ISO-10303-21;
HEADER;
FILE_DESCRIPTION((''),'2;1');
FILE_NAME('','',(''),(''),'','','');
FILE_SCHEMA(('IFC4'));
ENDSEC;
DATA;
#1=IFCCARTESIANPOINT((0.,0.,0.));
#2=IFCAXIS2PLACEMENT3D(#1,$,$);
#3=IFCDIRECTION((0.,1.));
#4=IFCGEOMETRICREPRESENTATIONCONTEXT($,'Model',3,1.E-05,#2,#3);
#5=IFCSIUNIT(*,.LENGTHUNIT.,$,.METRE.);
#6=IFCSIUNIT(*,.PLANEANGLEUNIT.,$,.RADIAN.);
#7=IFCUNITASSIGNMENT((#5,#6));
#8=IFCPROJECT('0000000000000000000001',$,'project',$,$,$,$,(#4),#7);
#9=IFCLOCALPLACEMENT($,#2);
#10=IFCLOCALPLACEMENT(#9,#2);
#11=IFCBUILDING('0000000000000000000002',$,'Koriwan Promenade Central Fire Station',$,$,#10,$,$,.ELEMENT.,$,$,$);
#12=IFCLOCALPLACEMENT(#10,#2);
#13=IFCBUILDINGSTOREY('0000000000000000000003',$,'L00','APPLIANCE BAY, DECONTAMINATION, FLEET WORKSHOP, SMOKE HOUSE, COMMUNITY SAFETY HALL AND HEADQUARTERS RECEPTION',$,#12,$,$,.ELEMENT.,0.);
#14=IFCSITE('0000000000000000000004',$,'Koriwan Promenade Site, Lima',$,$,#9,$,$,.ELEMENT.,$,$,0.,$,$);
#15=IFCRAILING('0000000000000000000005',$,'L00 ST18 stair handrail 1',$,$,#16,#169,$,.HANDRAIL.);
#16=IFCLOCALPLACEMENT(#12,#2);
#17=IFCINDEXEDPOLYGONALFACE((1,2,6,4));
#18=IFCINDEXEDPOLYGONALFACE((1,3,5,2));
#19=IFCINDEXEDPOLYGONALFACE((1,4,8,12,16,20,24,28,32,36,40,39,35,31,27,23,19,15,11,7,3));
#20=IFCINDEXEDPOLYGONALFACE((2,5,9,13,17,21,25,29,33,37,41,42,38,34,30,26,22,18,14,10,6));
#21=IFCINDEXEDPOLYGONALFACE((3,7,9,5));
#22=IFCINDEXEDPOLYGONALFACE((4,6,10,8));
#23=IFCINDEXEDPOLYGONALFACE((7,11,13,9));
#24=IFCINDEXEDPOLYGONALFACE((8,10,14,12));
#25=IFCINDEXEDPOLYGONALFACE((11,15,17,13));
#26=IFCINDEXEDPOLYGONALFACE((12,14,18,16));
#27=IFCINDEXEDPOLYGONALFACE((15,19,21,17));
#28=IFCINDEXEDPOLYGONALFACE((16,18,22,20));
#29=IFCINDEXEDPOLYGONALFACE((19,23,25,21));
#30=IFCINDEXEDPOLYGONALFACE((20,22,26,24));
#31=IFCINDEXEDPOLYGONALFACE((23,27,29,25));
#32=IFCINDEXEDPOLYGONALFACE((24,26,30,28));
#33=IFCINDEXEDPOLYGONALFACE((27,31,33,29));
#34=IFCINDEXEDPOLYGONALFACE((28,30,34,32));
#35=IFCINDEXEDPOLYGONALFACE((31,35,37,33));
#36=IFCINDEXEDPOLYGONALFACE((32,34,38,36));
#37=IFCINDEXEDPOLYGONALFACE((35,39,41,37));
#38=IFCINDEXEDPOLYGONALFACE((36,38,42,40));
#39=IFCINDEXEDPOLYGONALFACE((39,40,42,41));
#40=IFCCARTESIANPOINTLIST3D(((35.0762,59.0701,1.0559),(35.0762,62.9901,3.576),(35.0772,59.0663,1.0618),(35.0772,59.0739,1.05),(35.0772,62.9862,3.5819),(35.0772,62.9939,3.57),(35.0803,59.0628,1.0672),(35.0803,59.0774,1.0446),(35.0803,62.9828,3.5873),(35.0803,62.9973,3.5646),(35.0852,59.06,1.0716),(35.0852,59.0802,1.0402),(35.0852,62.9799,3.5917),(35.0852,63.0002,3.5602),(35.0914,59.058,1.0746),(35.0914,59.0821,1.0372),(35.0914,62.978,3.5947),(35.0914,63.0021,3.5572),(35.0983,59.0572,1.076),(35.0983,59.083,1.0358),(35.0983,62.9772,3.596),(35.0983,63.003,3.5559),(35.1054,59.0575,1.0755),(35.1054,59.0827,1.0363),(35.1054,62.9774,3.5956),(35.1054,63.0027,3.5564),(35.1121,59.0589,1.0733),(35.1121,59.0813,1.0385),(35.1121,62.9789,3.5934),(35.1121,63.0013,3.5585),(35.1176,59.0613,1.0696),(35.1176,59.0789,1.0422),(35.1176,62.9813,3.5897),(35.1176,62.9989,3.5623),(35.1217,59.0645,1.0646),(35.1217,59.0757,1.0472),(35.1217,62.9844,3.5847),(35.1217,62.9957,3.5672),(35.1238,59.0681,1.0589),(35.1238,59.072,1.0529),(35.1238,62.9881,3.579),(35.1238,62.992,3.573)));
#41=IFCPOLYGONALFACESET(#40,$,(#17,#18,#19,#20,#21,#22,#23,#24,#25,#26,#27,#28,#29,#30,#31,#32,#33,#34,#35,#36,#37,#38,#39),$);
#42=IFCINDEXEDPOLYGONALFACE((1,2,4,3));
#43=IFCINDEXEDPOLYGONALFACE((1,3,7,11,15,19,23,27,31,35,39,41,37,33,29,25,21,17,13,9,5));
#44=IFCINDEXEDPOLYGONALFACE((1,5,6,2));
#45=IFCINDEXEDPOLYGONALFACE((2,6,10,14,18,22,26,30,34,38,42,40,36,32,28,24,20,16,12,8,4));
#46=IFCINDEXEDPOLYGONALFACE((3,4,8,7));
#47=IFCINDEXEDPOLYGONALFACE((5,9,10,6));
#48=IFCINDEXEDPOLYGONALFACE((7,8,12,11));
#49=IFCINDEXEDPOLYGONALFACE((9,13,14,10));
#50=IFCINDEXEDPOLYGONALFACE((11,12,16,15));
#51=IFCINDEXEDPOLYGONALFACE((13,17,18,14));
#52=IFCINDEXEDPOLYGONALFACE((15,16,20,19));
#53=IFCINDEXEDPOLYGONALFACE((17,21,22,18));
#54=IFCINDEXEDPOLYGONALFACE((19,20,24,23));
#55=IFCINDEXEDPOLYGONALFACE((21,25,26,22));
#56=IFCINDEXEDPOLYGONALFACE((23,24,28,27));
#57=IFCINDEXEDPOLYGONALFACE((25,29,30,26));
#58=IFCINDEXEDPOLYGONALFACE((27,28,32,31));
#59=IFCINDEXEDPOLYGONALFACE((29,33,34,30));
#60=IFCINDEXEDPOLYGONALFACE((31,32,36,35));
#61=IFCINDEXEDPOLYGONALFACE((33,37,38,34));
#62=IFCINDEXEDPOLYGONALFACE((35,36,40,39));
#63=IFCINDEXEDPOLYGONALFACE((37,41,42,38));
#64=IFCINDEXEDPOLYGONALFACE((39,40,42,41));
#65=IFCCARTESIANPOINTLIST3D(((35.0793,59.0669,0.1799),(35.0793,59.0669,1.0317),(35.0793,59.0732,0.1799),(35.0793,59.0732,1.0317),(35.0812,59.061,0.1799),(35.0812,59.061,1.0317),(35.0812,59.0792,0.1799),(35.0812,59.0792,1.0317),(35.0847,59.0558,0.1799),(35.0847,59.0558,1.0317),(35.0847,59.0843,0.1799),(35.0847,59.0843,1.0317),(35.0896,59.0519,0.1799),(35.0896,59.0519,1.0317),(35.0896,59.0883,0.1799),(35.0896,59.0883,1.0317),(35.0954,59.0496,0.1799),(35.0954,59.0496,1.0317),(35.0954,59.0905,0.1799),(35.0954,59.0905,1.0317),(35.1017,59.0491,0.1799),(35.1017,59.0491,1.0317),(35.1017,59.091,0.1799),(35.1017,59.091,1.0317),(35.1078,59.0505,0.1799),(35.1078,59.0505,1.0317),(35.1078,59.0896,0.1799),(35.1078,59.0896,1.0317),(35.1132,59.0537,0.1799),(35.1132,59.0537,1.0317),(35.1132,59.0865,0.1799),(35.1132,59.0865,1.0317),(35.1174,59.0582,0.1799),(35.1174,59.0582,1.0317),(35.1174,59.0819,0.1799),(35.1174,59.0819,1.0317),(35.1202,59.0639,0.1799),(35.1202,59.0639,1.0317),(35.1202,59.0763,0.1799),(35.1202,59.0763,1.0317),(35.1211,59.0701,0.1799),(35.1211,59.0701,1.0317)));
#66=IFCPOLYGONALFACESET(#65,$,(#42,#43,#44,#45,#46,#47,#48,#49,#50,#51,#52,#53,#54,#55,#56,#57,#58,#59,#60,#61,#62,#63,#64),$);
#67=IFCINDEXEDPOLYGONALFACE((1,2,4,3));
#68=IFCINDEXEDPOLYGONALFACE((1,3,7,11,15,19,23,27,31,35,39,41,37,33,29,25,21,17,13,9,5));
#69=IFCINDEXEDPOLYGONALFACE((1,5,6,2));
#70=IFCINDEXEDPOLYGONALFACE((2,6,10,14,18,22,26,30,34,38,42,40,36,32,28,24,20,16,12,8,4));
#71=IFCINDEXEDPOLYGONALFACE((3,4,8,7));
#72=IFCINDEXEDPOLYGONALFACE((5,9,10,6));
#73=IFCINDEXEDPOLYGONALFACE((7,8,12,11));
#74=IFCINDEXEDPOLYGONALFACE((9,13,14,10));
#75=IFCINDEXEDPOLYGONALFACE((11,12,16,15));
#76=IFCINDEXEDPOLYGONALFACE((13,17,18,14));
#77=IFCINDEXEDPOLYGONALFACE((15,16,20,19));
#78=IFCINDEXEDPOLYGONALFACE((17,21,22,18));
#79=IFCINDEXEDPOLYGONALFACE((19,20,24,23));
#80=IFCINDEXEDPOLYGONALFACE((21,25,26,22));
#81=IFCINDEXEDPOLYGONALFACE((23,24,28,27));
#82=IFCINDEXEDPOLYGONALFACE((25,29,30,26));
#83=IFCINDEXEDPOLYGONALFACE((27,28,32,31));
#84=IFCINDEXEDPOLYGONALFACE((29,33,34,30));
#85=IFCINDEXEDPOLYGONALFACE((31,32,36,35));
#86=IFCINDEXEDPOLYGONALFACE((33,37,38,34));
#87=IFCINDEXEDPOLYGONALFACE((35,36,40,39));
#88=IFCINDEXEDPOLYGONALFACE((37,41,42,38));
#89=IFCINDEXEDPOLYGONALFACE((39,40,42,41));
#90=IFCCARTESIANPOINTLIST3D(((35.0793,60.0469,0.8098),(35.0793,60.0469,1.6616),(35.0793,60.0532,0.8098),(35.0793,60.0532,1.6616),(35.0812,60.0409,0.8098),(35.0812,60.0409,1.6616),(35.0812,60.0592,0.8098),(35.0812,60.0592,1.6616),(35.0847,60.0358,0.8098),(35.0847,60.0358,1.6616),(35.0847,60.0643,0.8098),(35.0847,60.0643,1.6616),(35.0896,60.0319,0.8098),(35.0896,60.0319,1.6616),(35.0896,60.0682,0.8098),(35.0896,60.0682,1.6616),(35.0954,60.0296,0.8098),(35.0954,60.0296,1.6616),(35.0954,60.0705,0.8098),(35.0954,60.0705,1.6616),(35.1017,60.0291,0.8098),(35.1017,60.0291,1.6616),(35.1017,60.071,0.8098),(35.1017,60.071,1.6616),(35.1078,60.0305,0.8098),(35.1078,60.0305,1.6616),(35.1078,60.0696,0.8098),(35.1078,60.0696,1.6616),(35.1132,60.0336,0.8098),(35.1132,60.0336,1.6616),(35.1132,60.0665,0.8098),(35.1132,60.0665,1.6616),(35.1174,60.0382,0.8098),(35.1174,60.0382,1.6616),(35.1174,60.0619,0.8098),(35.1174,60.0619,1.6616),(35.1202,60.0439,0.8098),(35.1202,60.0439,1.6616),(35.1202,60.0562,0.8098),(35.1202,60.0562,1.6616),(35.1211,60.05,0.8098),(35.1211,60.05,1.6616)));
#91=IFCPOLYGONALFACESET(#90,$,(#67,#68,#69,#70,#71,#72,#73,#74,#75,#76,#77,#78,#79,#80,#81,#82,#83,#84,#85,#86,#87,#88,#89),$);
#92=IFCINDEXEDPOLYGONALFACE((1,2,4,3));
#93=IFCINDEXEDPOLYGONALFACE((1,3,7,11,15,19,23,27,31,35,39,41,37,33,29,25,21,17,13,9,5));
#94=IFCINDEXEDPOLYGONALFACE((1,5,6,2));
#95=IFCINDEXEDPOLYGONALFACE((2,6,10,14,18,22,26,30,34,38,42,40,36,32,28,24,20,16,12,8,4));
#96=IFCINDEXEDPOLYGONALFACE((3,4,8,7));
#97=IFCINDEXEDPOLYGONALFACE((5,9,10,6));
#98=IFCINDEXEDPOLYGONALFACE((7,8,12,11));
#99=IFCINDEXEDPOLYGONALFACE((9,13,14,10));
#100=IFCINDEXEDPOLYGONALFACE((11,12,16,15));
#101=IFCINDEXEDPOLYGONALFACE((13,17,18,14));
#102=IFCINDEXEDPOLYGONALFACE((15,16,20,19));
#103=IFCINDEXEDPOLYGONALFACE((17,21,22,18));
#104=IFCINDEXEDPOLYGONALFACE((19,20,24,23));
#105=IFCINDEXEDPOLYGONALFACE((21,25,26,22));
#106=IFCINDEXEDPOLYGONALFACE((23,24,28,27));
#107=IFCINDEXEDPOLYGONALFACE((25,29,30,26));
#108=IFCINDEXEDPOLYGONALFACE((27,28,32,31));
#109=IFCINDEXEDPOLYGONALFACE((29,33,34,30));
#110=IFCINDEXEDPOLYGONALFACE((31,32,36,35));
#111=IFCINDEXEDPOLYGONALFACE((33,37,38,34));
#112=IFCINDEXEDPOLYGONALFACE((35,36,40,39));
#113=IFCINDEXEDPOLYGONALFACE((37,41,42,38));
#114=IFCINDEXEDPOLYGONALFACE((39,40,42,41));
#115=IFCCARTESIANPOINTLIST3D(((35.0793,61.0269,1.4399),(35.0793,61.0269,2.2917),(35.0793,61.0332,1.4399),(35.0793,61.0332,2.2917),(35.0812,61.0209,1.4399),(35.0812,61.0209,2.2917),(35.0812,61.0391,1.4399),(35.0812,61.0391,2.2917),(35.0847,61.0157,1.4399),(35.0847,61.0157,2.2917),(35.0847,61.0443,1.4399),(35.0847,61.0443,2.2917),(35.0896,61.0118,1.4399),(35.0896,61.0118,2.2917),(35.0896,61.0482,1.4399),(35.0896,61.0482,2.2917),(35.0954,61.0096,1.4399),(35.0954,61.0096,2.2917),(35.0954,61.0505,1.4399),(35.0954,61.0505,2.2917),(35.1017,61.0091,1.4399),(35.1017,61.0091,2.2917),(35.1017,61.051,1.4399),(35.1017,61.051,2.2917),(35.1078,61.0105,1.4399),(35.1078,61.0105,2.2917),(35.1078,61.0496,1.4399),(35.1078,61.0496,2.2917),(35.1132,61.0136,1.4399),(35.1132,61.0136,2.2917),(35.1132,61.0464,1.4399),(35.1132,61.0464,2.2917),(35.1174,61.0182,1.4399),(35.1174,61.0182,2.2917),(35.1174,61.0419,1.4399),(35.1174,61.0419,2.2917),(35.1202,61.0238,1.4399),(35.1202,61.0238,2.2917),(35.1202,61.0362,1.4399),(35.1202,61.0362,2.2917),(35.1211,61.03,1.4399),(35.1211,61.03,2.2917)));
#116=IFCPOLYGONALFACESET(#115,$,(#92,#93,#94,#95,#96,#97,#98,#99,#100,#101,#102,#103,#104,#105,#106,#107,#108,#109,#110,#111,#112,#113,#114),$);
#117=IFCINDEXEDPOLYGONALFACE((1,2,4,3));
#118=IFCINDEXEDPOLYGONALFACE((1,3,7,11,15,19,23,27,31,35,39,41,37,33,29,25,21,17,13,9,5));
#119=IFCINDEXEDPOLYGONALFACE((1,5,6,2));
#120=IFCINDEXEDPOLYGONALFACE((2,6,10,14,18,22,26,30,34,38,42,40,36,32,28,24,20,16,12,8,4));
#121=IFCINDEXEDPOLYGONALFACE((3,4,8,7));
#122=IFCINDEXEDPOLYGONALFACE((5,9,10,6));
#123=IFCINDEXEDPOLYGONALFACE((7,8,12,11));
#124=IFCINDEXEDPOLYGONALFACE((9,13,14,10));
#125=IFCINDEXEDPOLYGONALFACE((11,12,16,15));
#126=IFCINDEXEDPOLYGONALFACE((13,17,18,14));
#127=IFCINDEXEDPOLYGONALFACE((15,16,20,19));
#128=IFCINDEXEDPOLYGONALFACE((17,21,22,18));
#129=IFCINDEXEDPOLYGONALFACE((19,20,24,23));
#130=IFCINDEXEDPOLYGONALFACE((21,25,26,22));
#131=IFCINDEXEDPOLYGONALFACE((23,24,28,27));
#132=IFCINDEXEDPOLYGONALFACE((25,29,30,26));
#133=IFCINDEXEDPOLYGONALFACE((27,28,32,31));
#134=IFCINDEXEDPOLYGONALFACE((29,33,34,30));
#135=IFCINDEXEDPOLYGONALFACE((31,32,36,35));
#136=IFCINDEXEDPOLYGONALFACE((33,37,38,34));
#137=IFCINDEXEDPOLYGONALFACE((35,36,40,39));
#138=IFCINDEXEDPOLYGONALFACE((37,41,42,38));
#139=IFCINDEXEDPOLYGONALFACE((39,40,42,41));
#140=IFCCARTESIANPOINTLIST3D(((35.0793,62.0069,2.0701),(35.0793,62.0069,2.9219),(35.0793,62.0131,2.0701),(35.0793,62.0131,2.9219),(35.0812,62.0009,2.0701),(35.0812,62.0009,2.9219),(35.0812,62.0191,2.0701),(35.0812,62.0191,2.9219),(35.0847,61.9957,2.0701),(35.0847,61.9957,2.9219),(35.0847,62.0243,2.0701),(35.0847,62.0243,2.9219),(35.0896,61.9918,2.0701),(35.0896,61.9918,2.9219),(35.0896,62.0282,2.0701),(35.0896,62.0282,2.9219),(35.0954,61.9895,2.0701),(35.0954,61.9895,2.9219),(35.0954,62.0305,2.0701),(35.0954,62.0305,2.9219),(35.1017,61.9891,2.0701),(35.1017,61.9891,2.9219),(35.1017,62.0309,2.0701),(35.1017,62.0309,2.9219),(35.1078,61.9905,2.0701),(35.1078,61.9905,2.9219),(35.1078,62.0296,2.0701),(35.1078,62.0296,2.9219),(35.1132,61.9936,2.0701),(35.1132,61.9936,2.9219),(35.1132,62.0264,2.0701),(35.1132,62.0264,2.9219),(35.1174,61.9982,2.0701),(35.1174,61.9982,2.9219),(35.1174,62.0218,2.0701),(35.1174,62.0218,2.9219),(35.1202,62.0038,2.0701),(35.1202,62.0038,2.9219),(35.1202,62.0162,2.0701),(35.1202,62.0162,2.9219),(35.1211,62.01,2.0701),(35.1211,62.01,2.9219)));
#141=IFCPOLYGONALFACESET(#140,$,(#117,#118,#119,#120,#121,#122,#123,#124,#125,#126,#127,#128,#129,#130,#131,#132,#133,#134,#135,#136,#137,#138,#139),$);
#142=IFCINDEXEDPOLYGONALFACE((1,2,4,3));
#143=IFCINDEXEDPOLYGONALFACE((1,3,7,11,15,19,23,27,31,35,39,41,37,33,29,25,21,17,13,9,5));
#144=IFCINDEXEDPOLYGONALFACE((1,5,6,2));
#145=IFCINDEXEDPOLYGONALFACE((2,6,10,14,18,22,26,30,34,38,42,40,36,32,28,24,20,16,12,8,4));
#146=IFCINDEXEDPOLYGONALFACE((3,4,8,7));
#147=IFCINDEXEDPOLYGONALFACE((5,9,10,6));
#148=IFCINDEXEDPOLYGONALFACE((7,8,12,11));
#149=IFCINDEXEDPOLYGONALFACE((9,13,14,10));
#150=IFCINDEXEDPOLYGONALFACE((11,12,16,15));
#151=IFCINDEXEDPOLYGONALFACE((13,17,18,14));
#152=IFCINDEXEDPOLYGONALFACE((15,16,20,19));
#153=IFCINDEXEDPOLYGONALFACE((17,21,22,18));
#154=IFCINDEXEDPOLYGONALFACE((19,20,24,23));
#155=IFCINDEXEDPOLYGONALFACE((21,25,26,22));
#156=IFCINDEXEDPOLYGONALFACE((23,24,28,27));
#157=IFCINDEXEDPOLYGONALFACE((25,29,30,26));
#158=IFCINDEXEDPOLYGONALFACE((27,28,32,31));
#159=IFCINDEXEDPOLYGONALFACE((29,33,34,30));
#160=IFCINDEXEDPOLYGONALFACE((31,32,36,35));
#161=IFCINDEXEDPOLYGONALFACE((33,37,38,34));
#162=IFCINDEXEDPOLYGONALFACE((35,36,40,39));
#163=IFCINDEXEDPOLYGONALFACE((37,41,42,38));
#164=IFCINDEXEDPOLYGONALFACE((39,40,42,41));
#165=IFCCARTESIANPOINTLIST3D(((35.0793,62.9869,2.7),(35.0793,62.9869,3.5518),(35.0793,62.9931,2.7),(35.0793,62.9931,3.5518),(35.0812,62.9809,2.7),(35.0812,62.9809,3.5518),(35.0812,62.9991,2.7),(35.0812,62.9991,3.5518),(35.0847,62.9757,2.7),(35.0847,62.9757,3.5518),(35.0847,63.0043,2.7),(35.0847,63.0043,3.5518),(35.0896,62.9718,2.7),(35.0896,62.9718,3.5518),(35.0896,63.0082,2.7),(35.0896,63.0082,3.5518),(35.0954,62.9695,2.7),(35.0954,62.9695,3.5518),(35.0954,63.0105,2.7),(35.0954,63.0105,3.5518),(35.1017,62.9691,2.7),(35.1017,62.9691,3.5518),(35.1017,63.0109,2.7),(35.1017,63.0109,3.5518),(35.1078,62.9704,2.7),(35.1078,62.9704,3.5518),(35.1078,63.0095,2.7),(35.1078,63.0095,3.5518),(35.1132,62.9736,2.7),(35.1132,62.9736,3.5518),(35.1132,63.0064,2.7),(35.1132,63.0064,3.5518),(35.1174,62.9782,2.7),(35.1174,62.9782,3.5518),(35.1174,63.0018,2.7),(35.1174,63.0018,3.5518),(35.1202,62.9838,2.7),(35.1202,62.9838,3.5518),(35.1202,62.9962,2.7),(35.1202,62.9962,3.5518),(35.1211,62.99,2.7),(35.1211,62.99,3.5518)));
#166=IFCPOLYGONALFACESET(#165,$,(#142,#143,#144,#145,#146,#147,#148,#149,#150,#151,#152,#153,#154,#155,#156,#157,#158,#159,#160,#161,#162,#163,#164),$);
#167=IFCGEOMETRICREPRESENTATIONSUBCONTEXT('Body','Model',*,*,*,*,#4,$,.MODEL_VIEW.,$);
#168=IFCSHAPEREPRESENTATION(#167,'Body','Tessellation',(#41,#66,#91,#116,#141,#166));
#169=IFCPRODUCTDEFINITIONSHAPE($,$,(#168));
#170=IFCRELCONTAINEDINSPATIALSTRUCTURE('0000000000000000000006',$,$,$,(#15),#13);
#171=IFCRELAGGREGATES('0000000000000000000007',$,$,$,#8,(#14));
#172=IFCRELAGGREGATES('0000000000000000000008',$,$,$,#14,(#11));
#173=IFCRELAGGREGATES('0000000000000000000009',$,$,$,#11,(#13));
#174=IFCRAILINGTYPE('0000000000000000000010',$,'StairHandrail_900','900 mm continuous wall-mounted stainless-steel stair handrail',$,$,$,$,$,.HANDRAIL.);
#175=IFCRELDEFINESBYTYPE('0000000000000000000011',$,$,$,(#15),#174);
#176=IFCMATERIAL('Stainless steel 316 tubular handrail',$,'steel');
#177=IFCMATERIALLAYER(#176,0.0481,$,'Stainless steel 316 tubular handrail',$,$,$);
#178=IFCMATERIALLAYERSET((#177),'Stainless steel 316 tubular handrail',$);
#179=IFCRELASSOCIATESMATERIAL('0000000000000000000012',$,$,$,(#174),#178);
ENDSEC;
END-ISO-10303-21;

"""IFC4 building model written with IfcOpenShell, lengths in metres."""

from ifc_helpers import new_model, si_unit, direction, frame, origin, origin_2d, place, context, subcontext, project, spatial, circle, extrude, material, layer, layer_set, type_object, element, save


model = new_model("IFC4")

# Units and contexts
model_context = context("Model", 3, precision=1e-05, world=origin(), true_north=direction((0.0, 1.0)))
body_context = subcontext(model_context, "Body", "Model", "MODEL_VIEW")
ifc_project = project(units=[si_unit("LENGTHUNIT", "METRE"), si_unit("PLANEANGLEUNIT", "RADIAN")], contexts=[model_context])

# Site, building, storey
site_placement = place(None, origin())
site = spatial("IfcSite", under=ifc_project, at=site_placement, Name="Koriwan Promenade Site, Lima", CompositionType="ELEMENT", RefElevation=0.0)
building_placement = place(site_placement, origin())
building = spatial("IfcBuilding", under=site, at=building_placement, Name="Koriwan Promenade Central Fire Station", CompositionType="ELEMENT")
storey_placement = place(building_placement, origin())
storey = spatial("IfcBuildingStorey", under=building, at=storey_placement, Name="L00", Description="APPLIANCE BAY, DECONTAMINATION, FLEET WORKSHOP, SMOKE HOUSE, COMMUNITY SAFETY HALL AND HEADQUARTERS RECEPTION", CompositionType="ELEMENT", Elevation=0.0)

# Railing
ifc_material_1 = material(Name="Stainless steel 316 tubular handrail", Category="steel")
ifc_layer_1 = layer(ifc_material_1, 0.0481, Name="Stainless steel 316 tubular handrail")
ifc_layer_set_1 = layer_set([ifc_layer_1], Name="Stainless steel 316 tubular handrail")
railing_type_1 = type_object("IfcRailingType", Name="StairHandrail_900", Description="900 mm continuous wall-mounted stainless-steel stair handrail", PredefinedType="HANDRAIL", material=ifc_layer_set_1)
railing_1_placement = place(storey_placement, frame((35.1001, 59.0701, 0.1799)))
element("IfcRailing", 1, at=railing_1_placement, inside=storey, type_object=railing_type_1, Name="L00 ST18 stair handrail 1", PredefinedType="HANDRAIL", context=body_context, shape_type="SweptSolid", body=[
    extrude(circle(Radius=0.0239, at=origin_2d()), frame((0.0, 0.0, 0.876), z_axis=(0.0, 0.841172, 0.540768), x_axis=(-1.0, 0.0, 0.0)), (0.0, 0.0, 1.0), 4.6602),
    extrude(circle(Radius=0.021, at=origin_2d()), origin(), (0.0, 0.0, 1.0), 0.8518),
    extrude(circle(Radius=0.021, at=origin_2d()), frame((0.0, 0.98, 0.6299)), (0.0, 0.0, 1.0), 0.8518),
    extrude(circle(Radius=0.021, at=origin_2d()), frame((0.0, 1.96, 1.26)), (0.0, 0.0, 1.0), 0.8518),
    extrude(circle(Radius=0.021, at=origin_2d()), frame((0.0, 2.9399, 1.8901)), (0.0, 0.0, 1.0), 0.8518),
    extrude(circle(Radius=0.021, at=origin_2d()), frame((0.0, 3.9199, 2.52)), (0.0, 0.0, 1.0), 0.8518),
])

save(model, "model.ifc")
